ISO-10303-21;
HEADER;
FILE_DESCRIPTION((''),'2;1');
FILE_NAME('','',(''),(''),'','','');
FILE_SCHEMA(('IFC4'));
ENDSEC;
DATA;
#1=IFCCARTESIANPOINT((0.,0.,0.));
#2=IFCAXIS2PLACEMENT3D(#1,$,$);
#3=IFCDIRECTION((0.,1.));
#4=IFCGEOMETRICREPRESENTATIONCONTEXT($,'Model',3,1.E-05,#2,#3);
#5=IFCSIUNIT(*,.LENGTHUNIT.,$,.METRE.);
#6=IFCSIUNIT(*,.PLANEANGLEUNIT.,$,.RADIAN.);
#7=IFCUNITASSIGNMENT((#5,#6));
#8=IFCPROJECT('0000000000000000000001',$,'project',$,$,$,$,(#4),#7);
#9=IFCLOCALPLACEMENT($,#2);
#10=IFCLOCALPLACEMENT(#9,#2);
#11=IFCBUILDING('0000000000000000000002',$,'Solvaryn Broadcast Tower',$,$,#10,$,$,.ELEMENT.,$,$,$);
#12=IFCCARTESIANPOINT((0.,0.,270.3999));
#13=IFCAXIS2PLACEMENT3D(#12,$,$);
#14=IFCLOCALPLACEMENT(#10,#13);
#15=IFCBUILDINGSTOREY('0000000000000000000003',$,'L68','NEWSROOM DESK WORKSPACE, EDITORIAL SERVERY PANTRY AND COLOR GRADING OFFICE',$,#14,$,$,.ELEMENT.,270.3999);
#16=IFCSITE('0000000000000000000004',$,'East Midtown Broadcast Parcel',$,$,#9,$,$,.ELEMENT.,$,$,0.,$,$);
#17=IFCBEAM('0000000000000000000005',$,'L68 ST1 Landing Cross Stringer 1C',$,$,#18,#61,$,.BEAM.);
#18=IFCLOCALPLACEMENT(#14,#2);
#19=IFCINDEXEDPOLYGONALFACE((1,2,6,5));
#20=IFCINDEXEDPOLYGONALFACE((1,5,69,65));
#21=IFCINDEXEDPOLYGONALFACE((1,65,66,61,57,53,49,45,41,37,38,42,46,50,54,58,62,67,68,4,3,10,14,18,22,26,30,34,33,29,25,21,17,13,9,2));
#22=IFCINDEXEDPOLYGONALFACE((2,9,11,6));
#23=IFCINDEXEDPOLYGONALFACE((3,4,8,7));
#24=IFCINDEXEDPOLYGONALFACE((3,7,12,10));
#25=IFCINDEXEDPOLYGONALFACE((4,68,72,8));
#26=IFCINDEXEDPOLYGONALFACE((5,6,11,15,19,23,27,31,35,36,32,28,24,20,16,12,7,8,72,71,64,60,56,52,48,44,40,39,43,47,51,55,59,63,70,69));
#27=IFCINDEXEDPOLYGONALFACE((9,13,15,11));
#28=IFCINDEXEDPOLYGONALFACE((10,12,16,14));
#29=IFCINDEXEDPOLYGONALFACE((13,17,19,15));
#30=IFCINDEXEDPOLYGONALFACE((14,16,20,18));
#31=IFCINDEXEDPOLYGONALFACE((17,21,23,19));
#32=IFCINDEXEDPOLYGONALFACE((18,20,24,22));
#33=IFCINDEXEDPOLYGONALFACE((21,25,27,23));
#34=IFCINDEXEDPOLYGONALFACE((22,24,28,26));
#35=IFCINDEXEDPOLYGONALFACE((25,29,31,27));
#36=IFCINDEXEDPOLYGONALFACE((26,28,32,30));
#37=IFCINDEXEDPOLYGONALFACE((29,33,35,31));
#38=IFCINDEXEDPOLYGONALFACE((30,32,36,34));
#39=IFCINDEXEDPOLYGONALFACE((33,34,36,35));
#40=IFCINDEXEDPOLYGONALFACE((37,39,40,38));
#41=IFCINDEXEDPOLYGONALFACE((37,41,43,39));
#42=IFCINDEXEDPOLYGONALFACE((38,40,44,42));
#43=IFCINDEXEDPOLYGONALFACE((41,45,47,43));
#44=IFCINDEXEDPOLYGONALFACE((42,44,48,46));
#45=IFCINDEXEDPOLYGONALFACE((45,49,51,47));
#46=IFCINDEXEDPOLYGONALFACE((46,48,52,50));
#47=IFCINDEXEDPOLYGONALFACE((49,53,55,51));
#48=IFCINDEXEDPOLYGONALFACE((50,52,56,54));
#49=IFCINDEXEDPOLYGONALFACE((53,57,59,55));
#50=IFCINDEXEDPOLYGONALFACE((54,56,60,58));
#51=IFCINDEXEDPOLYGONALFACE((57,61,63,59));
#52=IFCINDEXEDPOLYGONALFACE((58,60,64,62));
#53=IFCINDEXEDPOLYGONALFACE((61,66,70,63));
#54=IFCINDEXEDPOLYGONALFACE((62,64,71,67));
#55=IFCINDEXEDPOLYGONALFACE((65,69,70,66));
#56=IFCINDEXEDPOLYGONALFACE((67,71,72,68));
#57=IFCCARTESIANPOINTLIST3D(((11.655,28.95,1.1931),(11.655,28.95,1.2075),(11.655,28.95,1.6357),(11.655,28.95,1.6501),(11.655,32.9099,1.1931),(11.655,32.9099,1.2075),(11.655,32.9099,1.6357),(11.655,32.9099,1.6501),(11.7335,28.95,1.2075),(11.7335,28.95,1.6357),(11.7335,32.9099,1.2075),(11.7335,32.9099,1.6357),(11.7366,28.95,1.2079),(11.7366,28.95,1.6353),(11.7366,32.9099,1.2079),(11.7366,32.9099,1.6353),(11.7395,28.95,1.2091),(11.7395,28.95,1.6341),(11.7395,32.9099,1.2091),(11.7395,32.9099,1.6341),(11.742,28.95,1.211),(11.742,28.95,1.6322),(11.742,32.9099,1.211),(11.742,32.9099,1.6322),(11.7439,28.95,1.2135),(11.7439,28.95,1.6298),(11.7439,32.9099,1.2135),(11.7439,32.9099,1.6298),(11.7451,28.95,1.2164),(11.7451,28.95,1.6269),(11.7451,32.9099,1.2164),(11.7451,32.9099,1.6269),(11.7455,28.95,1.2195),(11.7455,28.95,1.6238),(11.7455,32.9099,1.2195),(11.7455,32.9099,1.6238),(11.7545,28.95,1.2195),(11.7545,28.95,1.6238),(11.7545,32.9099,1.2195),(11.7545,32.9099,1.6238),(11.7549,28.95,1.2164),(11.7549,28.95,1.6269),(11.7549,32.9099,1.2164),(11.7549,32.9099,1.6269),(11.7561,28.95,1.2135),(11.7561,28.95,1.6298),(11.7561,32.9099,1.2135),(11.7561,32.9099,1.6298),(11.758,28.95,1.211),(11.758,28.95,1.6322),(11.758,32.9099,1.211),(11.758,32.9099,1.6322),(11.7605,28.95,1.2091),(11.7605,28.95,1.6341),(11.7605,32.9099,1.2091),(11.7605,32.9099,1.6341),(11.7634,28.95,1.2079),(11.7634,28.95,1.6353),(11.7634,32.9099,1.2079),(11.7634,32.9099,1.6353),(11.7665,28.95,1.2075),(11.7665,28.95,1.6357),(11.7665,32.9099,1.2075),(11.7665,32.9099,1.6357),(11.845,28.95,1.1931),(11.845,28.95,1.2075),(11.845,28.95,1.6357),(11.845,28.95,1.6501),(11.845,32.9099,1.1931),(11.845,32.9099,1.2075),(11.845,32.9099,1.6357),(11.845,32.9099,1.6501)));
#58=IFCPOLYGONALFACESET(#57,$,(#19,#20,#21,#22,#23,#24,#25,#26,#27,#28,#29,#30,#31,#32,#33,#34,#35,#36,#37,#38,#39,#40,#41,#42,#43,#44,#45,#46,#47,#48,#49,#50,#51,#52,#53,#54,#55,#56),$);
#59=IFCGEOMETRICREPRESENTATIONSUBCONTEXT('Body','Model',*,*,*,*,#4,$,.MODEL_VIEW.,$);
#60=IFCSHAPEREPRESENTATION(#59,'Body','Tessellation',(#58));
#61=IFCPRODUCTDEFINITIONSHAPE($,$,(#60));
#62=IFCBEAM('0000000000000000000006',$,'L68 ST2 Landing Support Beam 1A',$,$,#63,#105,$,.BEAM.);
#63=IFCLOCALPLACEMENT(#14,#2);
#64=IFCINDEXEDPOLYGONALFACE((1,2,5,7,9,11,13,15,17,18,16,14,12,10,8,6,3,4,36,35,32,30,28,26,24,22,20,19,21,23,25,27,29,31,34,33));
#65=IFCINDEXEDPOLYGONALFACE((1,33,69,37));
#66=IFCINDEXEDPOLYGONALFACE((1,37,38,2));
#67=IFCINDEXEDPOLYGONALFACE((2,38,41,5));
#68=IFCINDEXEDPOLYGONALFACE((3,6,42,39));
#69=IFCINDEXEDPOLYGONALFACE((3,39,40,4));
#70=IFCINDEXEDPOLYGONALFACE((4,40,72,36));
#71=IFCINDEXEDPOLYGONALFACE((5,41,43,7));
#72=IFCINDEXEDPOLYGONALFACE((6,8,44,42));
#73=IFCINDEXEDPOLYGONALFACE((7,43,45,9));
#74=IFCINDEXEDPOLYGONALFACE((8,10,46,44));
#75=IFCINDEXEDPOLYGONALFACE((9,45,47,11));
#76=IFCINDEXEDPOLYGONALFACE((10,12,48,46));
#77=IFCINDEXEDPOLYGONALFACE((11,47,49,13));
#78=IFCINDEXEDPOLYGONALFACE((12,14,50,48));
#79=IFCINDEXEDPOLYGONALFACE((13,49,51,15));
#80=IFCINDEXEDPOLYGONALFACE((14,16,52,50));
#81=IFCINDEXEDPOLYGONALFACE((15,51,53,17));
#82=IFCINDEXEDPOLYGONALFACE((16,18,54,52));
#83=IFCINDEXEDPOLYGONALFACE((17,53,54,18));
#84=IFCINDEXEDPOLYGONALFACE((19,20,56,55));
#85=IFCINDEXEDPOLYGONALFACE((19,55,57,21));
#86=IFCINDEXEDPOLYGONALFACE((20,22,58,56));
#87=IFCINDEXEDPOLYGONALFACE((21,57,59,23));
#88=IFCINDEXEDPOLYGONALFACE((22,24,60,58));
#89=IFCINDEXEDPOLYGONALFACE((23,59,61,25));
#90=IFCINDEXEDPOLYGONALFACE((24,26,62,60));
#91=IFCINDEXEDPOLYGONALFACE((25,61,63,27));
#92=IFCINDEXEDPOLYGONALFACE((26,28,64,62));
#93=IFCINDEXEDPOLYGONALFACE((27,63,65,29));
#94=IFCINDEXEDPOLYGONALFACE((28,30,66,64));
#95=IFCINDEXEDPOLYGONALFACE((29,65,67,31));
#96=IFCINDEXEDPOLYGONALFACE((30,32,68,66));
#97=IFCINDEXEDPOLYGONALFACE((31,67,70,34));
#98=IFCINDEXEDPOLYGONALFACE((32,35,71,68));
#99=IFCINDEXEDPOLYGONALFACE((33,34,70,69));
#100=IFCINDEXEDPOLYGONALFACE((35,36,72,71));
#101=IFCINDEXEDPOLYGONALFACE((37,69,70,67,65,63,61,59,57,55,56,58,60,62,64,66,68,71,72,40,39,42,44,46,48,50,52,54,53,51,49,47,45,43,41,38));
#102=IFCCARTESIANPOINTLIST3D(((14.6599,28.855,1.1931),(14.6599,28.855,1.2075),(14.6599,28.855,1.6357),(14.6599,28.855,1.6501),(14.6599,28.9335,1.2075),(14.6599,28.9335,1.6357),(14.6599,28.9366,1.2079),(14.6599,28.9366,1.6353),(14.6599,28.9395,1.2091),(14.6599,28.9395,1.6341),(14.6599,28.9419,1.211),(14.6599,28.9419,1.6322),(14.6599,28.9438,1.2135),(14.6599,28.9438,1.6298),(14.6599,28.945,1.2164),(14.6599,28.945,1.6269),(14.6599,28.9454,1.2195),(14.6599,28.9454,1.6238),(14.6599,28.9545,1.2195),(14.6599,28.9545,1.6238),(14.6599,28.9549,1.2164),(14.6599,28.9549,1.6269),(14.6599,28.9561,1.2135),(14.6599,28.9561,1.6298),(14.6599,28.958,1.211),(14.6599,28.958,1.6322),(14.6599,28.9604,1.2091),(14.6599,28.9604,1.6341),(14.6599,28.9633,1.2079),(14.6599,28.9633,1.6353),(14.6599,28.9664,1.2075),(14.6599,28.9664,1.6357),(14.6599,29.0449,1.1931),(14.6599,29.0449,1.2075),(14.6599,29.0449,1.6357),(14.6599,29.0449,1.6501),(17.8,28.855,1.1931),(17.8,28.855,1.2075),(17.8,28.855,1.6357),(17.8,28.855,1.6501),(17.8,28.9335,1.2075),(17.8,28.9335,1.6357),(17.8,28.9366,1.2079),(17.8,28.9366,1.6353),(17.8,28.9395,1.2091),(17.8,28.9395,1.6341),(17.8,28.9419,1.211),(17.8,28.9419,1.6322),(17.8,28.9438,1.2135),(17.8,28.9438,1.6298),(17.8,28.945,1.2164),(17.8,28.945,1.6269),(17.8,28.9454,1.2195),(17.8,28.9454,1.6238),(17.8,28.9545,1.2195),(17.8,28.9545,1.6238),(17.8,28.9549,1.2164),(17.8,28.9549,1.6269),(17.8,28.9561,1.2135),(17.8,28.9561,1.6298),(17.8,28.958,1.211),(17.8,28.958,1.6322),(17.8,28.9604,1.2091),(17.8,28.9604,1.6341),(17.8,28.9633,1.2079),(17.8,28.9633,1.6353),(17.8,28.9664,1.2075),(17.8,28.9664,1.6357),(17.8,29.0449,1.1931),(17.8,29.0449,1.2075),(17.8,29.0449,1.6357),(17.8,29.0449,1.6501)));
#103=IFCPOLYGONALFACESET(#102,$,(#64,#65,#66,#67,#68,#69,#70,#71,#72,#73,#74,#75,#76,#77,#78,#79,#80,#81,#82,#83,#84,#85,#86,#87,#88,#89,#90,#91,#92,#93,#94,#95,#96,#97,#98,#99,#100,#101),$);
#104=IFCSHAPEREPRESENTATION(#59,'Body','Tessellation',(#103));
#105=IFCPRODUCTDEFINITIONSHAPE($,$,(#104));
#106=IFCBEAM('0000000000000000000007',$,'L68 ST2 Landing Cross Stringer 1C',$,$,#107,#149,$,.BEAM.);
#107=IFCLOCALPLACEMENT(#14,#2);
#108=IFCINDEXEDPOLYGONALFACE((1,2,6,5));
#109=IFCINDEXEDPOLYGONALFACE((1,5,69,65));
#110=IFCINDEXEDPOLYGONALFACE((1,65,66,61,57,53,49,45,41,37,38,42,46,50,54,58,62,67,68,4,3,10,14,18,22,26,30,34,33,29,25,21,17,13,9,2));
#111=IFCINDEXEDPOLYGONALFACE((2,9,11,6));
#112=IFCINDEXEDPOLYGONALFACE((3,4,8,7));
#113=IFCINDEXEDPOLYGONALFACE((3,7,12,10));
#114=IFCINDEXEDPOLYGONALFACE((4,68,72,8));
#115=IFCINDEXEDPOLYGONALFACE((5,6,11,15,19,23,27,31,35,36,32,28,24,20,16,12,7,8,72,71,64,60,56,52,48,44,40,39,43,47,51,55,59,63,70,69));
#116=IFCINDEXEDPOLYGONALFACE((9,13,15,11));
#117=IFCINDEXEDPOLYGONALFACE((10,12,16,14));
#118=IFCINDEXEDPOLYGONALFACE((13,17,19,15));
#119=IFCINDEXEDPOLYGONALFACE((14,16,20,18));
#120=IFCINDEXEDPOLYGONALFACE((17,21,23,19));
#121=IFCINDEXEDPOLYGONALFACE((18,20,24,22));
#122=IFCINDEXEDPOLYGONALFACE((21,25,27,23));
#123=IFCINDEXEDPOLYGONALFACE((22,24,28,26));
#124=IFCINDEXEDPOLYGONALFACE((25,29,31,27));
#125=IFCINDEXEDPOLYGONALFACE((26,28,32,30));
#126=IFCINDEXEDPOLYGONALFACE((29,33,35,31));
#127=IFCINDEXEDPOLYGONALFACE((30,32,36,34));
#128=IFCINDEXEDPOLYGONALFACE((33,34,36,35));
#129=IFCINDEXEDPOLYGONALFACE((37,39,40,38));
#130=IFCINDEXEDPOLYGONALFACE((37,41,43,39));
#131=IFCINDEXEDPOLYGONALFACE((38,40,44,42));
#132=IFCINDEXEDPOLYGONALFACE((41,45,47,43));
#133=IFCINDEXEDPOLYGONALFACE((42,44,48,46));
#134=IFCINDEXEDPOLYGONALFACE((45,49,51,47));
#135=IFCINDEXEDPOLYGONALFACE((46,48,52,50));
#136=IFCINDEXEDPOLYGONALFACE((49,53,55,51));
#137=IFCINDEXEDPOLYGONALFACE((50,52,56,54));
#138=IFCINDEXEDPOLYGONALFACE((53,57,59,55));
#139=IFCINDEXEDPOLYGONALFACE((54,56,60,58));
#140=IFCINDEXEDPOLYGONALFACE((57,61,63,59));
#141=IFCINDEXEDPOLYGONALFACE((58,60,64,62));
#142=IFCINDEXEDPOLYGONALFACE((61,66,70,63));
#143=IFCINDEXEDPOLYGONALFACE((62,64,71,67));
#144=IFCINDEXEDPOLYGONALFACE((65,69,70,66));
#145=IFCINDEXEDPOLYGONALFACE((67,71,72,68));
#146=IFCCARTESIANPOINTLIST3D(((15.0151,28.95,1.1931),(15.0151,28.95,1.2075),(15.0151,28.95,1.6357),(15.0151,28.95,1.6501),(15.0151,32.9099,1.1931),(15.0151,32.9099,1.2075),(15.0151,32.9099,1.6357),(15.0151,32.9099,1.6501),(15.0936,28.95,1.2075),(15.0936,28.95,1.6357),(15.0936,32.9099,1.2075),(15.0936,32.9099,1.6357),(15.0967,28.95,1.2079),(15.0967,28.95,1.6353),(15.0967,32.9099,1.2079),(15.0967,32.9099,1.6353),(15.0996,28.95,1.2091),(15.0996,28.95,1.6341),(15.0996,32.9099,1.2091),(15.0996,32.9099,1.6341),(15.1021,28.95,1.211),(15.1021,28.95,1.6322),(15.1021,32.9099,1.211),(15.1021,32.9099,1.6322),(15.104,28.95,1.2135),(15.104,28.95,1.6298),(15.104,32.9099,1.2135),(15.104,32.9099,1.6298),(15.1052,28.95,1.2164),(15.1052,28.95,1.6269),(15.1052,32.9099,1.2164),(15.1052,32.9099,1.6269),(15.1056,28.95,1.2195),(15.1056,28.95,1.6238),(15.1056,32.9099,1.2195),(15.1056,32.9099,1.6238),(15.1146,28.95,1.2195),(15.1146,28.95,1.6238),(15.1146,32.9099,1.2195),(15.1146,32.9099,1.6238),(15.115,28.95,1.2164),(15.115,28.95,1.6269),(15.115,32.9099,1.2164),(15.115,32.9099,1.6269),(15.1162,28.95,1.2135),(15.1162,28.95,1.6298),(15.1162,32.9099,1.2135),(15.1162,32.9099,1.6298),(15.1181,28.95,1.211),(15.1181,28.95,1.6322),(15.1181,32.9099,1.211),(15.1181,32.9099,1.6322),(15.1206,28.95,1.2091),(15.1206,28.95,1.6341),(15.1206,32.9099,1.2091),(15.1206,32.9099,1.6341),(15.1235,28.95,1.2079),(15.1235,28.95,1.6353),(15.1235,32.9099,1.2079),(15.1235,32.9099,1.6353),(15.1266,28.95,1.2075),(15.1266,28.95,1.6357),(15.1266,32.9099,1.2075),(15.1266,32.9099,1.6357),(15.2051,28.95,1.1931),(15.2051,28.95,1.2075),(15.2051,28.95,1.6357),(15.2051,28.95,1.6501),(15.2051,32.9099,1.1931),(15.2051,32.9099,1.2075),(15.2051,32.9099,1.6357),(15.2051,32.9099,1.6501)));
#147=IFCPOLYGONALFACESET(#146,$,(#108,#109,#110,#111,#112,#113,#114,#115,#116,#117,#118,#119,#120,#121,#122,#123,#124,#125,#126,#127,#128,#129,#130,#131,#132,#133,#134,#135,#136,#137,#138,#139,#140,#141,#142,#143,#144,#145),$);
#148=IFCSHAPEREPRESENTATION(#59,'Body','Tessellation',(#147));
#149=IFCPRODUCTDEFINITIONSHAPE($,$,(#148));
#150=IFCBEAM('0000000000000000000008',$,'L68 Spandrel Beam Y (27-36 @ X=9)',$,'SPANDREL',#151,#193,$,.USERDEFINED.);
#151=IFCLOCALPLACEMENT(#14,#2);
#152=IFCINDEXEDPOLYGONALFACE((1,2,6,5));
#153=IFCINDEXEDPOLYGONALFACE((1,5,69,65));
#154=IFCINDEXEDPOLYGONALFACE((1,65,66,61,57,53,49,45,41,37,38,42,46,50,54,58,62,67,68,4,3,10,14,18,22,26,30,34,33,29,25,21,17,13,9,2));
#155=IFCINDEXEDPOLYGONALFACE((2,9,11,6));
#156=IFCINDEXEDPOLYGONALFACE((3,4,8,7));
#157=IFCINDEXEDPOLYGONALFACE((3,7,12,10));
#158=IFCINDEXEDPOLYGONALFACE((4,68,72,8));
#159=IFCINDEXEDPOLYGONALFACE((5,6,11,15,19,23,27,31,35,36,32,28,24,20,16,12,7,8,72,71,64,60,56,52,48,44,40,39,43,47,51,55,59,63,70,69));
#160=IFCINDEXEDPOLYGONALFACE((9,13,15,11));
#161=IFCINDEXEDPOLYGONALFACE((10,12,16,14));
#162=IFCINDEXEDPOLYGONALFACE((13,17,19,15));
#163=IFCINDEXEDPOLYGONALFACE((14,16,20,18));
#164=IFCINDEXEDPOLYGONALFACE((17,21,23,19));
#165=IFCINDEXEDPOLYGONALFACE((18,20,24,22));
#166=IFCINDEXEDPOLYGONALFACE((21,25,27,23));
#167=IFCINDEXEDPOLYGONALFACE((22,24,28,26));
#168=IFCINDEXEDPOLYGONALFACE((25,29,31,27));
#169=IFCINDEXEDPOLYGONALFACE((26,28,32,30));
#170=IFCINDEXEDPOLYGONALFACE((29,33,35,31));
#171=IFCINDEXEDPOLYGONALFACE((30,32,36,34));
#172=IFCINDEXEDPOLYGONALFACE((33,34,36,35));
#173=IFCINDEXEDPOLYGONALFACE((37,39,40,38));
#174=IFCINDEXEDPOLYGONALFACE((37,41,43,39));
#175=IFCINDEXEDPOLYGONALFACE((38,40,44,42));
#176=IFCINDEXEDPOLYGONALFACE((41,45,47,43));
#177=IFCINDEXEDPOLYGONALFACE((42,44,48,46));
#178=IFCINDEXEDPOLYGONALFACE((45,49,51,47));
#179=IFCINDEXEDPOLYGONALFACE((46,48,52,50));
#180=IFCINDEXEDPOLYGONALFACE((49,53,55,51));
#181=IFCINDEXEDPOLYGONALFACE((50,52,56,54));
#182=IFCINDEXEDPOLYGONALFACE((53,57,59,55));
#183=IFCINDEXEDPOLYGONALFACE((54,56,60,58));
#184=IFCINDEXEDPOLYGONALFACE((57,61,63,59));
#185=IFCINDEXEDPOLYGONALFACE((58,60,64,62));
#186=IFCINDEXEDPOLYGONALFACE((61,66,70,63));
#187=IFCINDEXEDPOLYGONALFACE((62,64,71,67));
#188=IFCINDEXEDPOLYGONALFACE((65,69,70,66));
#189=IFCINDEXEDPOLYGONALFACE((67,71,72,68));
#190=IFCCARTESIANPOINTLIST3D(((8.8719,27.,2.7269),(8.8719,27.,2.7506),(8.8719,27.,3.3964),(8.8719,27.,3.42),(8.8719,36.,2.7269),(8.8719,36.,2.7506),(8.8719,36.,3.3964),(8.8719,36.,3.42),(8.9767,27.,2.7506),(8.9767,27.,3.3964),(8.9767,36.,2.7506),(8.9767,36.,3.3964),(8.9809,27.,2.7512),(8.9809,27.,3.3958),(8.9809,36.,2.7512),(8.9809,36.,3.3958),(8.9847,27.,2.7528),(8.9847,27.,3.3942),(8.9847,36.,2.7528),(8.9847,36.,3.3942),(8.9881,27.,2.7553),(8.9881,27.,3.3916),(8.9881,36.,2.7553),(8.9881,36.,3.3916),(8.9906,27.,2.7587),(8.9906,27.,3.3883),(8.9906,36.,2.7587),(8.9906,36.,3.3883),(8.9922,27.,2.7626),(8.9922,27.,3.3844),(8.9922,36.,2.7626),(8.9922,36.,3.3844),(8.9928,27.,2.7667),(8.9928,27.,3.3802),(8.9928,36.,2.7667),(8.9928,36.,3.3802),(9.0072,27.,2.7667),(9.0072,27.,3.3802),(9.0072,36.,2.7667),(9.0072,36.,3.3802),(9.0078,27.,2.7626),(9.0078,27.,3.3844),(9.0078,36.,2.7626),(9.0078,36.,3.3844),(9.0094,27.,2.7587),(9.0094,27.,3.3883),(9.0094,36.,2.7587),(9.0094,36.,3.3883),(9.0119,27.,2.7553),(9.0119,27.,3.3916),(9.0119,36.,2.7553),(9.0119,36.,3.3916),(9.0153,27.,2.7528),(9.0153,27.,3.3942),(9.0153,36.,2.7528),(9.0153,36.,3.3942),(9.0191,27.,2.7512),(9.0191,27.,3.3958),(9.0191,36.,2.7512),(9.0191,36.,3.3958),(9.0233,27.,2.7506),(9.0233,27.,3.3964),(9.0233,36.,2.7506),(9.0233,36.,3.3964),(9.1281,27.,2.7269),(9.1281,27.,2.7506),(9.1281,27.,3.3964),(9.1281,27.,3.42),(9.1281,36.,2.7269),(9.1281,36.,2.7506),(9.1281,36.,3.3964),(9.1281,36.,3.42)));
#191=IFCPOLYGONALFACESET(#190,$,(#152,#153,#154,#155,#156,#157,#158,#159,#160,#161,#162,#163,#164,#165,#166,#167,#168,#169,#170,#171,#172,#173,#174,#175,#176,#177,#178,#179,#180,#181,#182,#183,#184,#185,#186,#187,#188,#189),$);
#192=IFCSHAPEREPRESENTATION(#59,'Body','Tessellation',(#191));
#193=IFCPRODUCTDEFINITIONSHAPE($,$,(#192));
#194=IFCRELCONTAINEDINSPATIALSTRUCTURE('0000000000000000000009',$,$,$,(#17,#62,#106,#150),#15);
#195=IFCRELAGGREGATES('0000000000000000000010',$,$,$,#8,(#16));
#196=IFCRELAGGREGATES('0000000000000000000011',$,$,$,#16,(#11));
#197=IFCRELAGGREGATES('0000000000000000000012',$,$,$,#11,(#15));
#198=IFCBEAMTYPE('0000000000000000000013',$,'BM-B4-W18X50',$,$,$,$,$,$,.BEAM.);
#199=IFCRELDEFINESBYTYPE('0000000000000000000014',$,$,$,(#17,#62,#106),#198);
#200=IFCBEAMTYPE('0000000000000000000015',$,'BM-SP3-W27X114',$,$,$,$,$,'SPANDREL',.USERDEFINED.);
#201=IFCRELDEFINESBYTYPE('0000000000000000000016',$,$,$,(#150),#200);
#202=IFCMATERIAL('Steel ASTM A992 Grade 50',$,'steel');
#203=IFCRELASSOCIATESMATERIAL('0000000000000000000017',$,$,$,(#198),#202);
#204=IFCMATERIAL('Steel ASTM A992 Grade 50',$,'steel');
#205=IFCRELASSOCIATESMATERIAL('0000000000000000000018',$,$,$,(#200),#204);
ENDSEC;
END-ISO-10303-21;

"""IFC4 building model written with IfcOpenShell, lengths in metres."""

from ifc_helpers import new_model, si_unit, direction, frame, origin, origin_2d, place, context, subcontext, project, spatial, i_section, extrude, material, material_profile, profile_set, type_object, element, save


model = new_model("IFC4")

# Units and contexts
model_context = context("Model", 3, precision=1e-05, world=origin(), true_north=direction((0.0, 1.0)))
body_context = subcontext(model_context, "Body", "Model", "MODEL_VIEW")
ifc_project = project(units=[si_unit("LENGTHUNIT", "METRE"), si_unit("PLANEANGLEUNIT", "RADIAN")], contexts=[model_context])

# Site, building, storey
site_placement = place(None, origin())
site = spatial("IfcSite", under=ifc_project, at=site_placement, Name="East Midtown Broadcast Parcel", CompositionType="ELEMENT", RefElevation=0.0)
building_placement = place(site_placement, origin())
building = spatial("IfcBuilding", under=site, at=building_placement, Name="Solvaryn Broadcast Tower", CompositionType="ELEMENT")
storey_placement = place(building_placement, frame((0.0, 0.0, 270.3999)))
storey = spatial("IfcBuildingStorey", under=building, at=storey_placement, Name="L68", Description="NEWSROOM DESK WORKSPACE, EDITORIAL SERVERY PANTRY AND COLOR GRADING OFFICE", CompositionType="ELEMENT", Elevation=270.3999)

# Beams
ifc_material_1 = material(Name="Steel ASTM A992 Grade 50", Category="steel")
ifc_material_profile_1 = material_profile(ifc_material_1, i_section(OverallWidth=0.1899, OverallDepth=0.457, WebThickness=0.009, FlangeThickness=0.0144, FilletRadius=0.012, at=origin_2d()))
ifc_profile_set_1 = profile_set([ifc_material_profile_1], Name="Steel ASTM A992 Grade 50")
beam_type_1 = type_object("IfcBeamType", Name="BM-B4-W18X50", PredefinedType="BEAM", material=ifc_profile_set_1)
beam_1_placement = place(storey_placement, frame((11.75, 28.95, 1.4216), z_axis=(0.0, 1.0, 0.0), x_axis=(-1.0, 0.0, 0.0)))
element("IfcBeam", 1, at=beam_1_placement, inside=storey, type_object=beam_type_1, Name="L68 ST1 Landing Cross Stringer 1C", PredefinedType="BEAM", context=body_context, shape_type="SweptSolid", body=[
    extrude(i_section(OverallWidth=0.1899, OverallDepth=0.457, WebThickness=0.009, FlangeThickness=0.0144, FilletRadius=0.012, at=origin_2d()), origin(), (0.0, 0.0, 1.0), 3.96),
])
beam_2_placement = place(storey_placement, frame((14.6599, 28.95, 1.4216), z_axis=(1.0, 0.0, 0.0), x_axis=(0.0, 1.0, 0.0)))
element("IfcBeam", 2, at=beam_2_placement, inside=storey, type_object=beam_type_1, Name="L68 ST2 Landing Support Beam 1A", PredefinedType="BEAM", context=body_context, shape_type="SweptSolid", body=[
    extrude(i_section(OverallWidth=0.1899, OverallDepth=0.457, WebThickness=0.009, FlangeThickness=0.0144, FilletRadius=0.012, at=origin_2d()), origin(), (0.0, 0.0, 1.0), 3.1401),
])
beam_3_placement = place(storey_placement, frame((15.1101, 28.95, 1.4216), z_axis=(0.0, 1.0, 0.0), x_axis=(-1.0, 0.0, 0.0)))
element("IfcBeam", 3, at=beam_3_placement, inside=storey, type_object=beam_type_1, Name="L68 ST2 Landing Cross Stringer 1C", PredefinedType="BEAM", context=body_context, shape_type="SweptSolid", body=[
    extrude(i_section(OverallWidth=0.1899, OverallDepth=0.457, WebThickness=0.009, FlangeThickness=0.0144, FilletRadius=0.012, at=origin_2d()), origin(), (0.0, 0.0, 1.0), 3.96),
])
ifc_material_2 = material(Name="Steel ASTM A992 Grade 50", Category="steel")
ifc_material_profile_2 = material_profile(ifc_material_2, i_section(OverallWidth=0.2561, OverallDepth=0.6931, WebThickness=0.0144, FlangeThickness=0.0237, FilletRadius=0.0161, at=origin_2d()))
ifc_profile_set_2 = profile_set([ifc_material_profile_2], Name="Steel ASTM A992 Grade 50")
beam_type_2 = type_object("IfcBeamType", Name="BM-SP3-W27X114", ElementType="SPANDREL", PredefinedType="USERDEFINED", material=ifc_profile_set_2)
beam_4_placement = place(storey_placement, frame((9.0, 27.0, 3.0735), z_axis=(0.0, 1.0, 0.0), x_axis=(-1.0, 0.0, 0.0)))
element("IfcBeam", 4, at=beam_4_placement, inside=storey, type_object=beam_type_2, Name="L68 Spandrel Beam Y (27-36 @ X=9)", ObjectType="SPANDREL", PredefinedType="USERDEFINED", context=body_context, shape_type="SweptSolid", body=[
    extrude(i_section(OverallWidth=0.2561, OverallDepth=0.6931, WebThickness=0.0144, FlangeThickness=0.0237, FilletRadius=0.0161, at=origin_2d()), origin(), (0.0, 0.0, 1.0), 9.0),
])

save(model, "model.ifc")
